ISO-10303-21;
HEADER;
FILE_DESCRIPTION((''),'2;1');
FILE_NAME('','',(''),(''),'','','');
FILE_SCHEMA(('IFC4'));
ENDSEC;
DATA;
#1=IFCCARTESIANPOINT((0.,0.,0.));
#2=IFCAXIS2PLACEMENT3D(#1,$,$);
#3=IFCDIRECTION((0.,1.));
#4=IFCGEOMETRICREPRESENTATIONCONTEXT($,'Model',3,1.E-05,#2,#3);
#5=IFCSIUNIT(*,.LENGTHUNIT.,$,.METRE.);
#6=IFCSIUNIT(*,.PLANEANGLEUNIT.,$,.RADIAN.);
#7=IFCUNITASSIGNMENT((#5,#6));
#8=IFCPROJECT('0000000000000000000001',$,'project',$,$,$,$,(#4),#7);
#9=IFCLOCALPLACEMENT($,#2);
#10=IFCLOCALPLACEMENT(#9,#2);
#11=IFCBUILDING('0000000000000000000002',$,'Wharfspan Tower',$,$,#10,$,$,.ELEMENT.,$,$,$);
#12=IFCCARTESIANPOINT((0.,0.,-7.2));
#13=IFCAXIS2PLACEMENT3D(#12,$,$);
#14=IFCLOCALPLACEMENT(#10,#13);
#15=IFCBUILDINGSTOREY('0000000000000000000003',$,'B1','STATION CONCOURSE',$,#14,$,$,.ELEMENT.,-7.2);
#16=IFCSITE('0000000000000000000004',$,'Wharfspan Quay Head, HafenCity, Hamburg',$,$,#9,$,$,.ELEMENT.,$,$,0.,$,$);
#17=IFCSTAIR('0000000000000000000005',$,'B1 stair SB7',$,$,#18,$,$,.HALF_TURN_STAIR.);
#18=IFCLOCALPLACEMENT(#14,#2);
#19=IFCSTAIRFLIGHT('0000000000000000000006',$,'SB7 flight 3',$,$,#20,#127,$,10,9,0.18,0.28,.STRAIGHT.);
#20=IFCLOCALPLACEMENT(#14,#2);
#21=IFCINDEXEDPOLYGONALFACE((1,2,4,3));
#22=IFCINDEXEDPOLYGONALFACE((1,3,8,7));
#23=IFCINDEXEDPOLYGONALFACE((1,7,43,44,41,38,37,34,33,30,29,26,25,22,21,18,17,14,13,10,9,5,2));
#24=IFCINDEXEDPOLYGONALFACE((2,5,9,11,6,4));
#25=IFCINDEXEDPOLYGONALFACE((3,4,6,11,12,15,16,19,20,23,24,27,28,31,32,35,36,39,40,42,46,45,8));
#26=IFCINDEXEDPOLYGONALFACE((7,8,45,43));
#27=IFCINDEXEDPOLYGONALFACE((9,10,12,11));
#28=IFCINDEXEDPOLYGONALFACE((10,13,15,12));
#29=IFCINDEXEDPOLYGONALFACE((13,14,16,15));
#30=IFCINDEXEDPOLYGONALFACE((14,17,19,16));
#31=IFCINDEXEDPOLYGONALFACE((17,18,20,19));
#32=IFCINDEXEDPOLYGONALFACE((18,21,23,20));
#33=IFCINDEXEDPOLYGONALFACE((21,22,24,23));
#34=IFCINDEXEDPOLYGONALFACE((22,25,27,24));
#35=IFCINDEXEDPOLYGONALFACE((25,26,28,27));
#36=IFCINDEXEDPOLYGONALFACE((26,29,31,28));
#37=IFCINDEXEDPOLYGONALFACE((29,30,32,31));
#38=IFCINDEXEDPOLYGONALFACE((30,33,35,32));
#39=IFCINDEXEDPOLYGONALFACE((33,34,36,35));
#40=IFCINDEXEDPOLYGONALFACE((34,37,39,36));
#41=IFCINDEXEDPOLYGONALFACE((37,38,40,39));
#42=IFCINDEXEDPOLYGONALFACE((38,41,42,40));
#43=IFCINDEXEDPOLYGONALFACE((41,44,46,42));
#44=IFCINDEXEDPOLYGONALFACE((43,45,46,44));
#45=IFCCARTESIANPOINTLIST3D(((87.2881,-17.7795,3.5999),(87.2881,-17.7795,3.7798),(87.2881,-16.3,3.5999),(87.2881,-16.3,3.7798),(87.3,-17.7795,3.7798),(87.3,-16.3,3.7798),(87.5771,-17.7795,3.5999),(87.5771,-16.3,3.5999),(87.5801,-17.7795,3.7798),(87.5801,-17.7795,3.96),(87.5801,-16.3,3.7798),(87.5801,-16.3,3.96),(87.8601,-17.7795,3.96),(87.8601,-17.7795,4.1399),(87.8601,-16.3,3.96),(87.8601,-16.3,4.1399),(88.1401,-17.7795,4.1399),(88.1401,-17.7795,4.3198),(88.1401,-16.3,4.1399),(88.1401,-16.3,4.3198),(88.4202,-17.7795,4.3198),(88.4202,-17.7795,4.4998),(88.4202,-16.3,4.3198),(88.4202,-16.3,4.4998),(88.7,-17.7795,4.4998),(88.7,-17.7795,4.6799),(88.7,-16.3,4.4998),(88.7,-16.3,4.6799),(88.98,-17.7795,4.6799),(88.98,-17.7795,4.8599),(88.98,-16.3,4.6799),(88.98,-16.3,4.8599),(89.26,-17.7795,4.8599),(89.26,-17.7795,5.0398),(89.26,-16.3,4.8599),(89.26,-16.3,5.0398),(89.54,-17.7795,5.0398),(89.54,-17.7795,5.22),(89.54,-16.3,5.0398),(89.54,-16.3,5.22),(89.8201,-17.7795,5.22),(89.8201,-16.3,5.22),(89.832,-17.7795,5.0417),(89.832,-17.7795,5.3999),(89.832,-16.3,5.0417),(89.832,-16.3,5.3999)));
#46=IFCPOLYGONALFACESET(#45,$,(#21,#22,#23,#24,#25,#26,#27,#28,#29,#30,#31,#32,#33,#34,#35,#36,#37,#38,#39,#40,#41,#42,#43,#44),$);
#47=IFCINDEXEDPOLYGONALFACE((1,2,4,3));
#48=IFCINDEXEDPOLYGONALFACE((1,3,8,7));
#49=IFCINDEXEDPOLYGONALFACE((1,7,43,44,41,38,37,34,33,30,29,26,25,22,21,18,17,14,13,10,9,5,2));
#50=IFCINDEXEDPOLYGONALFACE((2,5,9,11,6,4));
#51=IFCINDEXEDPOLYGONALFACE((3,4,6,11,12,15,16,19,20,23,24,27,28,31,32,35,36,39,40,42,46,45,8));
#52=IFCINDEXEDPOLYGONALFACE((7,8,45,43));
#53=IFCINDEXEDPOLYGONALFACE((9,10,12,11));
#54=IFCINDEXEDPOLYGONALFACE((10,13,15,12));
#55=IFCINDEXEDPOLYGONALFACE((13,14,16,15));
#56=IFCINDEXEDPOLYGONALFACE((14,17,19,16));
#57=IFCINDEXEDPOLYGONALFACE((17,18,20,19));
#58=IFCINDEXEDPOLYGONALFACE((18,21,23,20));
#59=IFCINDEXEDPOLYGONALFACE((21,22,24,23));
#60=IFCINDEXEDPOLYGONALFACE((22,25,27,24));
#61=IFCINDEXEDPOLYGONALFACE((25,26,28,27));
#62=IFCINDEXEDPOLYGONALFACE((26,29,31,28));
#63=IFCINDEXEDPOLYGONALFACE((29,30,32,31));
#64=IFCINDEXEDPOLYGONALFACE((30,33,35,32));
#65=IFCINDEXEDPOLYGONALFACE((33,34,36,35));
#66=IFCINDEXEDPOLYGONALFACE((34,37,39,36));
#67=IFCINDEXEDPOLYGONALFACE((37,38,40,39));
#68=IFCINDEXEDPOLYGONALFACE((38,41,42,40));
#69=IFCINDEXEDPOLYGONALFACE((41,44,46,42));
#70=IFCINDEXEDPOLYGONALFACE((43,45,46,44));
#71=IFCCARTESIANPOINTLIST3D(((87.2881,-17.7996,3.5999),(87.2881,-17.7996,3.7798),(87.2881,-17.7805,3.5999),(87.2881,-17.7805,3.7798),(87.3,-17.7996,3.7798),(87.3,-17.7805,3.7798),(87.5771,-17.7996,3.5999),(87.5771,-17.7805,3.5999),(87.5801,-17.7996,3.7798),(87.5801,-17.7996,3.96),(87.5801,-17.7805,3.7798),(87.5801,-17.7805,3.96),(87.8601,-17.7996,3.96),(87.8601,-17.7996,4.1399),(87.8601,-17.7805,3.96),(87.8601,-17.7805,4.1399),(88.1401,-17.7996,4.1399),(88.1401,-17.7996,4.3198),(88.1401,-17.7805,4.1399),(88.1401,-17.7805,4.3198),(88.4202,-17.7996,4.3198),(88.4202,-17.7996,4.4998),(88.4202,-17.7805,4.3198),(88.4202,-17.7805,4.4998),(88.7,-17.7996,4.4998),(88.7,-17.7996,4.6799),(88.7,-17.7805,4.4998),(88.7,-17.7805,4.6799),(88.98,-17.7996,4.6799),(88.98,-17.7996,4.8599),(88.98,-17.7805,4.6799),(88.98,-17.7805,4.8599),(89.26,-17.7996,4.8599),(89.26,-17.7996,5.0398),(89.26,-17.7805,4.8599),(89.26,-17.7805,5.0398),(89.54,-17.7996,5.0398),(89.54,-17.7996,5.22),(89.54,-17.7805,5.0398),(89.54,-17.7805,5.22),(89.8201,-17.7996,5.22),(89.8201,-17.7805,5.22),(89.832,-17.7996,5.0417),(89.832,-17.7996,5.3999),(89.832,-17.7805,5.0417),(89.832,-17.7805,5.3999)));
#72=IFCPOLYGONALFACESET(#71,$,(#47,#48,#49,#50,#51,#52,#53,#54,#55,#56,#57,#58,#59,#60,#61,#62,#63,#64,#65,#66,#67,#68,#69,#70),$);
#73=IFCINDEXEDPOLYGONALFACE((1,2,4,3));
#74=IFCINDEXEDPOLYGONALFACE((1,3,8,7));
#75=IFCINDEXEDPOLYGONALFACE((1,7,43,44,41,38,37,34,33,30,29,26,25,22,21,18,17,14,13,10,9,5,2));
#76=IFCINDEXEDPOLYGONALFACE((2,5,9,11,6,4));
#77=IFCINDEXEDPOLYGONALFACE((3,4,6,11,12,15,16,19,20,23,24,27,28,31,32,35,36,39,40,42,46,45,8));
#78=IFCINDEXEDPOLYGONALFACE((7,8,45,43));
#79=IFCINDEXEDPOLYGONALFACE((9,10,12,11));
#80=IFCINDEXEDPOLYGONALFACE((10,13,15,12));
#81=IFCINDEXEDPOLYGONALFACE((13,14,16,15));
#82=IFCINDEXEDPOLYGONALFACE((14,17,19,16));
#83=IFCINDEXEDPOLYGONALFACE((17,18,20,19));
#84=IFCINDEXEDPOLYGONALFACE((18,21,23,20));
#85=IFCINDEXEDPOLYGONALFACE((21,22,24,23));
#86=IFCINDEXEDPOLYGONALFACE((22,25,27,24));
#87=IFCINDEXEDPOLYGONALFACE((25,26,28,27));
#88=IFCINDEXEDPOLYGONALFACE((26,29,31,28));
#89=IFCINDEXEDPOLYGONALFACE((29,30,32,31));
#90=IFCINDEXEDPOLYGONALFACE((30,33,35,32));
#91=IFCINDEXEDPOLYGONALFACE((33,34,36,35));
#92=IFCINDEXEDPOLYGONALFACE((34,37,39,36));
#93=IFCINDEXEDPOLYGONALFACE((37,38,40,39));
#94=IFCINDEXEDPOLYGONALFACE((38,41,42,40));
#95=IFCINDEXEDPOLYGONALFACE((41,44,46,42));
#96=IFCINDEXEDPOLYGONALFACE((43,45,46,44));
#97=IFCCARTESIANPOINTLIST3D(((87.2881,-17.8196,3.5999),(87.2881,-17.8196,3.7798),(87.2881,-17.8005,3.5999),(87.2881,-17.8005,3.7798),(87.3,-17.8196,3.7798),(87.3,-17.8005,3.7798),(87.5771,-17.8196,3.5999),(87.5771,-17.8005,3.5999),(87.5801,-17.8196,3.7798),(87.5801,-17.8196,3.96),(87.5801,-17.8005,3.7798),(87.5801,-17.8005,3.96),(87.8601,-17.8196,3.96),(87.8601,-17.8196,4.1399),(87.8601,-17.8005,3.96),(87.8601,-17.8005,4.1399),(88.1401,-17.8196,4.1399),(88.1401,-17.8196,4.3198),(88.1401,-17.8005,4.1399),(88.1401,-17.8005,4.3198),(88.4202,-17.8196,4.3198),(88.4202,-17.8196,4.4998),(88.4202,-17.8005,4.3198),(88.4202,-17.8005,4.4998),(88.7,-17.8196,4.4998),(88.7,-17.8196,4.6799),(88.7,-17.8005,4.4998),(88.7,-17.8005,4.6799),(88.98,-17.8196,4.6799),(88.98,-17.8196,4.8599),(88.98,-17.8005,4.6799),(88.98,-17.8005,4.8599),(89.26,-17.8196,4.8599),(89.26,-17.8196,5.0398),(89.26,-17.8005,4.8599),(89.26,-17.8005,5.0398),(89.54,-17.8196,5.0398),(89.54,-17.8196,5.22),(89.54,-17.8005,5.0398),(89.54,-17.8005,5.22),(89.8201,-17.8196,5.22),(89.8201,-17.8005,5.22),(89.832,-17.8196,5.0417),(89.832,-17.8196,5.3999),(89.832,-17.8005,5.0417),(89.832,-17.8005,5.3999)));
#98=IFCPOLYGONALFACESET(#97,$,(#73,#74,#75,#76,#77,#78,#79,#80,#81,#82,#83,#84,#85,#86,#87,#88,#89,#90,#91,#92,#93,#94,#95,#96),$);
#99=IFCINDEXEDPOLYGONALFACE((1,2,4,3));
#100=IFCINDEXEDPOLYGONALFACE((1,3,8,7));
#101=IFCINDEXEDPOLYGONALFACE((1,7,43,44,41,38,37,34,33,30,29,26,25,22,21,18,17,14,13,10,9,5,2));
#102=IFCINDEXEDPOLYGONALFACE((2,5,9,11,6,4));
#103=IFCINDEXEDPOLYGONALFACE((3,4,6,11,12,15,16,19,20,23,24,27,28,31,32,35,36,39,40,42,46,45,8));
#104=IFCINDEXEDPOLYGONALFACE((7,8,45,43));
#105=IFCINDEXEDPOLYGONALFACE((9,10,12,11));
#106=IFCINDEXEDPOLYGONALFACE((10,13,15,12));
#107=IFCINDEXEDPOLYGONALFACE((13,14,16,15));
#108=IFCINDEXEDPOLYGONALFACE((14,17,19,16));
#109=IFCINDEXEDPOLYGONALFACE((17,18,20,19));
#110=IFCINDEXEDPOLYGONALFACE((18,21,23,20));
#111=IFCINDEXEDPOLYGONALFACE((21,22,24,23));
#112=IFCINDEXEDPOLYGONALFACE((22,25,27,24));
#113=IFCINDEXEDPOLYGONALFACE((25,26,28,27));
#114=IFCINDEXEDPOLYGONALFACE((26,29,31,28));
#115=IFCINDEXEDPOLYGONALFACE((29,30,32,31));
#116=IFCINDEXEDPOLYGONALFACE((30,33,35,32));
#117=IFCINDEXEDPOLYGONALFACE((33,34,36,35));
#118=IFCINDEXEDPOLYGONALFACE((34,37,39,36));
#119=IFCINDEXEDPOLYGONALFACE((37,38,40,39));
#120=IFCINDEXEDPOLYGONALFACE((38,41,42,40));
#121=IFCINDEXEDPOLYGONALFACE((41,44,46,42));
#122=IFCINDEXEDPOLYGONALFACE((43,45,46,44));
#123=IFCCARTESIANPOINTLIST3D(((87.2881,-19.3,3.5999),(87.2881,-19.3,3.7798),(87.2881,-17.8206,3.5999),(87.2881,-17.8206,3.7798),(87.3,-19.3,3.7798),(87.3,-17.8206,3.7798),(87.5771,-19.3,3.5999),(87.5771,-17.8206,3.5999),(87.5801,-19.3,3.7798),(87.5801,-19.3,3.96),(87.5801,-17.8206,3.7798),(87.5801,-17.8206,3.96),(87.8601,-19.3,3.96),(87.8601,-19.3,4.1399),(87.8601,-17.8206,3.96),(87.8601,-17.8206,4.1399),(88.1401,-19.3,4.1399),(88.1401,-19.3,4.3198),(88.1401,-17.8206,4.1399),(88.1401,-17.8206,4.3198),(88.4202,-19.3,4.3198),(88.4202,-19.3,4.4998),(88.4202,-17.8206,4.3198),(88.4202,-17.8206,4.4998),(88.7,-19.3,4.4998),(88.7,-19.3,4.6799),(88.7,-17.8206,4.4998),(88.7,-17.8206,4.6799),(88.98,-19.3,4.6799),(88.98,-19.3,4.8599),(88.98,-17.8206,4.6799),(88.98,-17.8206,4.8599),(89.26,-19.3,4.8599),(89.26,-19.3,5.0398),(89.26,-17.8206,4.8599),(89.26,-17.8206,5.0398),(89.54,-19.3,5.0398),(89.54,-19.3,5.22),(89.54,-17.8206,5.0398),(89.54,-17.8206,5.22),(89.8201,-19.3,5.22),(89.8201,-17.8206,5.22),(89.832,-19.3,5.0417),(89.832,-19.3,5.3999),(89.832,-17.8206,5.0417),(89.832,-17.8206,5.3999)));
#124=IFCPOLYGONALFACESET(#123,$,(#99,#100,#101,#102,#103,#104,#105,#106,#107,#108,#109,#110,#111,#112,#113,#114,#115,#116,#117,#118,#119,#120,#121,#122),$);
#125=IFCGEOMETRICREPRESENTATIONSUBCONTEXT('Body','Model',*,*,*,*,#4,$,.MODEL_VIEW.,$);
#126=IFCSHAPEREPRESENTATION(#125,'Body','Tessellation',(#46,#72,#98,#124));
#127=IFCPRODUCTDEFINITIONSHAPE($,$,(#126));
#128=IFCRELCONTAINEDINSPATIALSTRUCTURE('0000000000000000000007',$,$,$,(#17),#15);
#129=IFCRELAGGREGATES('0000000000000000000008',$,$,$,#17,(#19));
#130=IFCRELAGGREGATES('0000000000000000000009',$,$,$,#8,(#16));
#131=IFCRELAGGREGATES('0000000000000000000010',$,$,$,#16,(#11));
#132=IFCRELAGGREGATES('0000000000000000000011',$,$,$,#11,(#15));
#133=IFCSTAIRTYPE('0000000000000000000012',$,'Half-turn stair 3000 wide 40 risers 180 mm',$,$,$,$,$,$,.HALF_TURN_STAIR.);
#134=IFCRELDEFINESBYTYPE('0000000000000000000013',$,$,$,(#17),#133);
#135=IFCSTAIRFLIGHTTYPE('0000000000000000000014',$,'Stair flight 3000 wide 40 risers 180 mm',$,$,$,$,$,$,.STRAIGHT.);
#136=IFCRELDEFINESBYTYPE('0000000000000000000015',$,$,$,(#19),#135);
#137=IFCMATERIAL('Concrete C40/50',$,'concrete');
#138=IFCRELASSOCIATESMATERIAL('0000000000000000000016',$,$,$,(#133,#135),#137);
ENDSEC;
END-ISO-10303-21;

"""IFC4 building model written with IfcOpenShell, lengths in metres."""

from ifc_helpers import new_model, si_unit, direction, frame, origin, place, context, subcontext, project, spatial, polyline, outline, extrude, material, type_object, element, aggregate, save


model = new_model("IFC4")

# Units and contexts
model_context = context("Model", 3, precision=1e-05, world=origin(), true_north=direction((0.0, 1.0)))
body_context = subcontext(model_context, "Body", "Model", "MODEL_VIEW")
ifc_project = project(units=[si_unit("LENGTHUNIT", "METRE"), si_unit("PLANEANGLEUNIT", "RADIAN")], contexts=[model_context])

# Site, building, storey
site_placement = place(None, origin())
site = spatial("IfcSite", under=ifc_project, at=site_placement, Name="Wharfspan Quay Head, HafenCity, Hamburg", CompositionType="ELEMENT", RefElevation=0.0)
building_placement = place(site_placement, origin())
building = spatial("IfcBuilding", under=site, at=building_placement, Name="Wharfspan Tower", CompositionType="ELEMENT")
storey_placement = place(building_placement, frame((0.0, 0.0, -7.2)))
storey = spatial("IfcBuildingStorey", under=building, at=storey_placement, Name="B1", Description="STATION CONCOURSE", CompositionType="ELEMENT", Elevation=-7.2)

# Shared definitions
ifc_material_1 = material(Name="Concrete C40/50", Category="concrete")

# Stair, stair flight
stair_type = type_object("IfcStairType", Name="Half-turn stair 3000 wide 40 risers 180 mm", PredefinedType="HALF_TURN_STAIR", material=ifc_material_1)
stair_placement = place(storey_placement, origin())
stair = element("IfcStair", 1, at=stair_placement, inside=storey, type_object=stair_type, Name="B1 stair SB7", PredefinedType="HALF_TURN_STAIR")
stair_flight_type = type_object("IfcStairFlightType", Name="Stair flight 3000 wide 40 risers 180 mm", PredefinedType="STRAIGHT", material=ifc_material_1)
stair_flight_1_placement = place(storey_placement, frame((87.3, -17.8, 3.5999), z_axis=(0.0, 0.0, 1.0), x_axis=(1.0, 0.0, 0.0)))
stair_flight_1 = element("IfcStairFlight", 2, at=stair_flight_1_placement, type_object=stair_flight_type, Name="SB7 flight 3", NumberOfRisers=10, NumberOfTreads=9, PredefinedType="STRAIGHT", RiserHeight=0.18, TreadLength=0.28, context=body_context, shape_type="SweptSolid", body=[
    extrude(outline(polyline([(-0.012, 0.0), (-0.012, 0.1799), (0.0, 0.1799), (0.28, 0.1799), (0.28, 0.3601), (0.5601, 0.3601), (0.5601, 0.54), (0.8401, 0.54), (0.8401, 0.72), (1.1201, 0.72), (1.1201, 0.8999), (1.3999, 0.8999), (1.3999, 1.0801), (1.6799, 1.0801), (1.6799, 1.26), (1.96, 1.26), (1.96, 1.4399), (2.24, 1.4399), (2.24, 1.6201), (2.52, 1.6201), (2.532, 1.8), (2.532, 1.4419), (0.2771, 0.0), (-0.012, 0.0)])), frame((0.0, 1.5, 0.0), z_axis=(0.0, -1.0, 0.0), x_axis=(1.0, 0.0, 0.0)), (0.0, 0.0, 1.0), 1.4795),
    extrude(outline(polyline([(-0.012, 0.0), (-0.012, 0.1799), (0.0, 0.1799), (0.28, 0.1799), (0.28, 0.3601), (0.5601, 0.3601), (0.5601, 0.54), (0.8401, 0.54), (0.8401, 0.72), (1.1201, 0.72), (1.1201, 0.8999), (1.3999, 0.8999), (1.3999, 1.0801), (1.6799, 1.0801), (1.6799, 1.26), (1.96, 1.26), (1.96, 1.4399), (2.24, 1.4399), (2.24, 1.6201), (2.52, 1.6201), (2.532, 1.8), (2.532, 1.4419), (0.2771, 0.0), (-0.012, 0.0)])), frame((0.0, 0.0195, 0.0), z_axis=(0.0, -1.0, 0.0), x_axis=(1.0, 0.0, 0.0)), (0.0, 0.0, 1.0), 0.019),
    extrude(outline(polyline([(-0.012, 0.0), (-0.012, 0.1799), (0.0, 0.1799), (0.28, 0.1799), (0.28, 0.3601), (0.5601, 0.3601), (0.5601, 0.54), (0.8401, 0.54), (0.8401, 0.72), (1.1201, 0.72), (1.1201, 0.8999), (1.3999, 0.8999), (1.3999, 1.0801), (1.6799, 1.0801), (1.6799, 1.26), (1.96, 1.26), (1.96, 1.4399), (2.24, 1.4399), (2.24, 1.6201), (2.52, 1.6201), (2.532, 1.8), (2.532, 1.4419), (0.2771, 0.0), (-0.012, 0.0)])), frame((0.0, -0.0005, 0.0), z_axis=(0.0, -1.0, 0.0), x_axis=(1.0, 0.0, 0.0)), (0.0, 0.0, 1.0), 0.019),
    extrude(outline(polyline([(-0.012, 0.0), (-0.012, 0.1799), (0.0, 0.1799), (0.28, 0.1799), (0.28, 0.3601), (0.5601, 0.3601), (0.5601, 0.54), (0.8401, 0.54), (0.8401, 0.72), (1.1201, 0.72), (1.1201, 0.8999), (1.3999, 0.8999), (1.3999, 1.0801), (1.6799, 1.0801), (1.6799, 1.26), (1.96, 1.26), (1.96, 1.4399), (2.24, 1.4399), (2.24, 1.6201), (2.52, 1.6201), (2.532, 1.8), (2.532, 1.4419), (0.2771, 0.0), (-0.012, 0.0)])), frame((0.0, -0.0205, 0.0), z_axis=(0.0, -1.0, 0.0), x_axis=(1.0, 0.0, 0.0)), (0.0, 0.0, 1.0), 1.4795),
])
aggregate(stair, [stair_flight_1])

save(model, "model.ifc")
